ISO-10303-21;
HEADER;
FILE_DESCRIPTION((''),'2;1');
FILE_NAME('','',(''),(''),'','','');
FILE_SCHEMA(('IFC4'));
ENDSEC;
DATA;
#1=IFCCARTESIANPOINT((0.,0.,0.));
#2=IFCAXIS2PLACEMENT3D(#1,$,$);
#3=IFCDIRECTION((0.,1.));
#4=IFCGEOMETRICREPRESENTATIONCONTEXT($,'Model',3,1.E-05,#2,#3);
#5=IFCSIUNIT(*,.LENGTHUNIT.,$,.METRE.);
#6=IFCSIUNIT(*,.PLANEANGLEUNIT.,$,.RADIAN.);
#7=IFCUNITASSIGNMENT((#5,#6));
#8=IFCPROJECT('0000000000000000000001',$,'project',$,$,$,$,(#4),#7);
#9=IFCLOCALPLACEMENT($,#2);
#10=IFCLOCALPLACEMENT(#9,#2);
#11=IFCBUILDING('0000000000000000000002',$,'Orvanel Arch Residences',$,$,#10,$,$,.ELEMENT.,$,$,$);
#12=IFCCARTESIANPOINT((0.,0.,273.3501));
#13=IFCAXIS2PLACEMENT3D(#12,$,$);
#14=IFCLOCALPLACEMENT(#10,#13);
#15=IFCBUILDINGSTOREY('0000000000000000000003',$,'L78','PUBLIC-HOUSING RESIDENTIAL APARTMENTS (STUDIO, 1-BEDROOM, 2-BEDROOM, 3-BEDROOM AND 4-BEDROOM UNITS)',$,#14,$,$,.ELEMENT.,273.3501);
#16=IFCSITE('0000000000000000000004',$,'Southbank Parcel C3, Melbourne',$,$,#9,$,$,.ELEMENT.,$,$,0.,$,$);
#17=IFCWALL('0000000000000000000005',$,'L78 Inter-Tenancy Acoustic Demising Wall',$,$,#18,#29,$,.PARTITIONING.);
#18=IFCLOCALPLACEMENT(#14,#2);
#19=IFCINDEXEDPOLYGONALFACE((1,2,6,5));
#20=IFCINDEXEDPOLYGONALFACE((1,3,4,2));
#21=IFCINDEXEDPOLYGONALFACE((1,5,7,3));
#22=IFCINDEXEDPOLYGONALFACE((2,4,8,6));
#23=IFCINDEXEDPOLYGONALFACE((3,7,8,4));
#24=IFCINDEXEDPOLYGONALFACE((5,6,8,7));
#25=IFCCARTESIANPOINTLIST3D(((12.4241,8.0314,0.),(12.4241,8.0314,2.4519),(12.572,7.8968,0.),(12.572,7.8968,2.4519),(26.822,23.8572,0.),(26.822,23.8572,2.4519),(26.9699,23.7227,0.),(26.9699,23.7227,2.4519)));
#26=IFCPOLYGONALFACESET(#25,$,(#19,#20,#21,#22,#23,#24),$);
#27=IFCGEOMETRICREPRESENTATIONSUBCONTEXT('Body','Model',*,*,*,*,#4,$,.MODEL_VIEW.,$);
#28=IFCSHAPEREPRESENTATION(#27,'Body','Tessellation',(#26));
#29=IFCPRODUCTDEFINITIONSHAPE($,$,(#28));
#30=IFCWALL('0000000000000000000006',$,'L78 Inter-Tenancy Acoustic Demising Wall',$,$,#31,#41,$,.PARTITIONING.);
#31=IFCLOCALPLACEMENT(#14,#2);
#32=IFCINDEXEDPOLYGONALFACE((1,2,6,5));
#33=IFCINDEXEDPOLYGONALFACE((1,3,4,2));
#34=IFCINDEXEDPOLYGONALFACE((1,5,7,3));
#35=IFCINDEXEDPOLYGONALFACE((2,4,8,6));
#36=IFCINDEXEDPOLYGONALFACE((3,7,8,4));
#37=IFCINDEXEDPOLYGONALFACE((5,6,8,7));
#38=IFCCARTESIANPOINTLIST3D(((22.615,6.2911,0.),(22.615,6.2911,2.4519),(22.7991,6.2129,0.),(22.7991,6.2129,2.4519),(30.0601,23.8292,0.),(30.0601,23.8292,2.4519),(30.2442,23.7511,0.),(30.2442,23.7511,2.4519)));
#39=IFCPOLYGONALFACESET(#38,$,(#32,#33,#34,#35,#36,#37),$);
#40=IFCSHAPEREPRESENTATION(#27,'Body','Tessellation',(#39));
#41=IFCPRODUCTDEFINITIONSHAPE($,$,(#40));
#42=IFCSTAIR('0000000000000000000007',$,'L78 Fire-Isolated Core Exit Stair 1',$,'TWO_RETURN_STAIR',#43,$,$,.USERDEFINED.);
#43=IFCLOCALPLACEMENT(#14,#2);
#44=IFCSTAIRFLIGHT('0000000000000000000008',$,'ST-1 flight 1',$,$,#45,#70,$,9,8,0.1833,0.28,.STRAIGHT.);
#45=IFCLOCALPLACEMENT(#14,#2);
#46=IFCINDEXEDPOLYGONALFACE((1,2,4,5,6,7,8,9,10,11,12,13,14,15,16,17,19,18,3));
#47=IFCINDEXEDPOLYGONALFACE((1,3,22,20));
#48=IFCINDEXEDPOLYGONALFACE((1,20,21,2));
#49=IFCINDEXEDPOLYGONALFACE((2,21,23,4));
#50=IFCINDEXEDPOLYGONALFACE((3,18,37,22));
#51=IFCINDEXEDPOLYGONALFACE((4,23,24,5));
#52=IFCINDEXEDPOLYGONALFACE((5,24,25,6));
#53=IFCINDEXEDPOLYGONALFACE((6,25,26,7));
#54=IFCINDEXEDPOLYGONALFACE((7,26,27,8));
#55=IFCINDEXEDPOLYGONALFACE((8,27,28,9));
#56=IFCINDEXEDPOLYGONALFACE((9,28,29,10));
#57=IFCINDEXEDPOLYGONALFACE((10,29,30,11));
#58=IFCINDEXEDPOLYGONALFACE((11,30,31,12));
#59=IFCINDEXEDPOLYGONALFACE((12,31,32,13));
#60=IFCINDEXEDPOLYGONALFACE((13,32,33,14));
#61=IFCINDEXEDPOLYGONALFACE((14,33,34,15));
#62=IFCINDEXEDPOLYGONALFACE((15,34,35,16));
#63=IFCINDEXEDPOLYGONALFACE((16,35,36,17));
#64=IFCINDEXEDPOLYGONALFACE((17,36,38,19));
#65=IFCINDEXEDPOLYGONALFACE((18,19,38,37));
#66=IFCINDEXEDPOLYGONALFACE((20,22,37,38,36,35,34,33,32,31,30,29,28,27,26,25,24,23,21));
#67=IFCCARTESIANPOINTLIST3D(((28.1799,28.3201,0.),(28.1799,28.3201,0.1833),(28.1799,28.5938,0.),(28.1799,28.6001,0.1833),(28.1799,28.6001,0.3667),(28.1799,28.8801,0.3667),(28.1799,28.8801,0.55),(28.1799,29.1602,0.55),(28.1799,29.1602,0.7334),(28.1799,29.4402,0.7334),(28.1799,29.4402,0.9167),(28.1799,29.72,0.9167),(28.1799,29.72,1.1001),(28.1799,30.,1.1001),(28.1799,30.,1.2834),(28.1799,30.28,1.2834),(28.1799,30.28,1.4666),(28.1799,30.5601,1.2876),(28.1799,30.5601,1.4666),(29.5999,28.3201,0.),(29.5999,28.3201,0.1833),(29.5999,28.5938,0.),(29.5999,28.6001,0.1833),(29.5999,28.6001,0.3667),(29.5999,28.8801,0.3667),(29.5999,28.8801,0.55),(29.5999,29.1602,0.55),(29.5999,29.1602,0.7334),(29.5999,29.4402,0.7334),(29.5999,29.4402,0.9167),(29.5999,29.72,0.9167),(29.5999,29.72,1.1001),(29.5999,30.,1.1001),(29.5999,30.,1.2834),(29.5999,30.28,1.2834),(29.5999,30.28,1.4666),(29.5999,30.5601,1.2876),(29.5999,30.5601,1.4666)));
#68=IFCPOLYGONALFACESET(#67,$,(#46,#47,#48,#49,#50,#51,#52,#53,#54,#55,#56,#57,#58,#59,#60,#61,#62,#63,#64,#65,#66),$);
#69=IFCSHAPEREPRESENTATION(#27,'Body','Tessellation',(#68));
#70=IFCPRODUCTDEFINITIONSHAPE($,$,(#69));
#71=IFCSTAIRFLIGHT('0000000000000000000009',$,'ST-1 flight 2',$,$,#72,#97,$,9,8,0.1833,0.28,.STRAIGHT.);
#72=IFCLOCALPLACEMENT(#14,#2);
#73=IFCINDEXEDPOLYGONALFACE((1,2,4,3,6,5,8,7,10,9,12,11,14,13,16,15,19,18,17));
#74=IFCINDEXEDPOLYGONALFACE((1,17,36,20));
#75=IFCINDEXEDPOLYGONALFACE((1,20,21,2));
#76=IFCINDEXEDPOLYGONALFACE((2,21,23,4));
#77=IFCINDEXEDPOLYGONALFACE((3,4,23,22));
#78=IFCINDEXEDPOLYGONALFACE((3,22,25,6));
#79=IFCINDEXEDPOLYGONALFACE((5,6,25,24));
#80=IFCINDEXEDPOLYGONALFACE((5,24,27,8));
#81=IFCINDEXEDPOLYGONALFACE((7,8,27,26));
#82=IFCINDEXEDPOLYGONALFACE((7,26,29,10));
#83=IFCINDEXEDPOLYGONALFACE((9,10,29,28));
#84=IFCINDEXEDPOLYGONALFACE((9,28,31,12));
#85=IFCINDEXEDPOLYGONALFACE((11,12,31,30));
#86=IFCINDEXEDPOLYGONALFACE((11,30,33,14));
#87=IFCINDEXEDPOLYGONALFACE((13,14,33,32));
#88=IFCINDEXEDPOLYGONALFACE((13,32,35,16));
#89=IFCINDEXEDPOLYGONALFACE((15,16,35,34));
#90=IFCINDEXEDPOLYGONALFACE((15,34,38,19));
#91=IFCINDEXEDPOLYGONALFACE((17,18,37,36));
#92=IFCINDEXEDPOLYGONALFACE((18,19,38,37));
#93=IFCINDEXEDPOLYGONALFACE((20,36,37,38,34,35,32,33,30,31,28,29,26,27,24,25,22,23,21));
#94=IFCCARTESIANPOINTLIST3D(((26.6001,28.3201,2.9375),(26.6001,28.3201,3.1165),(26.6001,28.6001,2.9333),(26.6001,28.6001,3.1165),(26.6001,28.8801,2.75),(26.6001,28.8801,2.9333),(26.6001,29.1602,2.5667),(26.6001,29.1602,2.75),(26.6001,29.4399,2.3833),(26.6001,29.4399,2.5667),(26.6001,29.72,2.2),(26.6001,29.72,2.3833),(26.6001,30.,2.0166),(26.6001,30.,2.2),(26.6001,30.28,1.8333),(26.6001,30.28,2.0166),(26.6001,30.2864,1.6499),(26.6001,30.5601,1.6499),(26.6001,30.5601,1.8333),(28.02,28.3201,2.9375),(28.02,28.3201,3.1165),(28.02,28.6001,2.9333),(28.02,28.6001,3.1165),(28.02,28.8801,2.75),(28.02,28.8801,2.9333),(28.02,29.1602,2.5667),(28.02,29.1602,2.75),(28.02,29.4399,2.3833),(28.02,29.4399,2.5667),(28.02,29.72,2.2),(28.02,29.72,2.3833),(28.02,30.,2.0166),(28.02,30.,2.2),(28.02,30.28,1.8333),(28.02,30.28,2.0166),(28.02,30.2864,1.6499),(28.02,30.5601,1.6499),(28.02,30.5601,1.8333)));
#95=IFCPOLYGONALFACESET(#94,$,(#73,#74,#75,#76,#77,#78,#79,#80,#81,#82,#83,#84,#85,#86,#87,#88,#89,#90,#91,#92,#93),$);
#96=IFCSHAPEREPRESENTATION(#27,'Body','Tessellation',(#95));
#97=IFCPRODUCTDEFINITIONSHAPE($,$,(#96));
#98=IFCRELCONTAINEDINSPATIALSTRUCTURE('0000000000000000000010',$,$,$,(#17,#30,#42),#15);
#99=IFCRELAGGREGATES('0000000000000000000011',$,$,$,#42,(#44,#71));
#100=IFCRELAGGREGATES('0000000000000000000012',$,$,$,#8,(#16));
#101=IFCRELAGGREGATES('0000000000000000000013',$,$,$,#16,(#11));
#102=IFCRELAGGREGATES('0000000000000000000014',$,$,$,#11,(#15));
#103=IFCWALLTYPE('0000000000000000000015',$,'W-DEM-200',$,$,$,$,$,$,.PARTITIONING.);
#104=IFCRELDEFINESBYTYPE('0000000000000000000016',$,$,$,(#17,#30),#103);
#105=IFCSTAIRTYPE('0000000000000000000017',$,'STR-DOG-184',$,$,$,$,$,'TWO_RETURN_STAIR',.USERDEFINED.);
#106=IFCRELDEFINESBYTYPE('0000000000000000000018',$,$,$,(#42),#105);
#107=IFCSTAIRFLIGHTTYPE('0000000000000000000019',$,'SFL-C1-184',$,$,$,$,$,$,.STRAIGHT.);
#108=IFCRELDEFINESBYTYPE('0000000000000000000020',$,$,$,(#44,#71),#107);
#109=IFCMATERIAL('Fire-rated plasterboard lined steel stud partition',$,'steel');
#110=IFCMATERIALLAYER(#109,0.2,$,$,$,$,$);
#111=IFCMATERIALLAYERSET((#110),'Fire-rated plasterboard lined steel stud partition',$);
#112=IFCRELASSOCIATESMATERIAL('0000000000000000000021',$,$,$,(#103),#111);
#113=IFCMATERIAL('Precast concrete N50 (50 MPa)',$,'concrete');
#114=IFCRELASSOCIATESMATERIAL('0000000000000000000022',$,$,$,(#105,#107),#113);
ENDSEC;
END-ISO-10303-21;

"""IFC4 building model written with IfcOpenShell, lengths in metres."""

from ifc_helpers import new_model, si_unit, direction, frame, frame_2d, origin, place, context, subcontext, project, spatial, polyline, rectangle, outline, extrude, material, layer, layer_set, type_object, element, aggregate, save


model = new_model("IFC4")

# Units and contexts
model_context = context("Model", 3, precision=1e-05, world=origin(), true_north=direction((0.0, 1.0)))
body_context = subcontext(model_context, "Body", "Model", "MODEL_VIEW")
ifc_project = project(units=[si_unit("LENGTHUNIT", "METRE"), si_unit("PLANEANGLEUNIT", "RADIAN")], contexts=[model_context])

# Site, building, storey
site_placement = place(None, origin())
site = spatial("IfcSite", under=ifc_project, at=site_placement, Name="Southbank Parcel C3, Melbourne", CompositionType="ELEMENT", RefElevation=0.0)
building_placement = place(site_placement, origin())
building = spatial("IfcBuilding", under=site, at=building_placement, Name="Orvanel Arch Residences", CompositionType="ELEMENT")
storey_placement = place(building_placement, frame((0.0, 0.0, 273.3501)))
storey = spatial("IfcBuildingStorey", under=building, at=storey_placement, Name="L78", Description="PUBLIC-HOUSING RESIDENTIAL APARTMENTS (STUDIO, 1-BEDROOM, 2-BEDROOM, 3-BEDROOM AND 4-BEDROOM UNITS)", CompositionType="ELEMENT", Elevation=273.3501)

# Walls
ifc_material_1 = material(Name="Fire-rated plasterboard lined steel stud partition", Category="steel")
ifc_layer_1 = layer(ifc_material_1, 0.2)
ifc_layer_set_1 = layer_set([ifc_layer_1], Name="Fire-rated plasterboard lined steel stud partition")
wall_type_1 = type_object("IfcWallType", Name="W-DEM-200", PredefinedType="PARTITIONING", material=ifc_layer_set_1)
wall_1_placement = place(storey_placement, frame((26.896, 23.79, 0.0), z_axis=(0.0, 0.0, 1.0), x_axis=(-0.672948, -0.73969, 0.0)))
element("IfcWall", 1, at=wall_1_placement, inside=storey, type_object=wall_type_1, Name="L78 Inter-Tenancy Acoustic Demising Wall", PredefinedType="PARTITIONING", context=body_context, shape_type="SweptSolid", body=[
    extrude(rectangle(XDim=21.3953, YDim=0.2, at=frame_2d((10.6978, 0.0))), origin(), (0.0, 0.0, 1.0), 2.4519),
])
wall_2_placement = place(storey_placement, frame((30.1521, 23.79, 0.0), z_axis=(0.0, 0.0, 1.0), x_axis=(-0.390757, -0.920494, 0.0)))
element("IfcWall", 2, at=wall_2_placement, inside=storey, type_object=wall_type_1, Name="L78 Inter-Tenancy Acoustic Demising Wall", PredefinedType="PARTITIONING", context=body_context, shape_type="SweptSolid", body=[
    extrude(rectangle(XDim=19.053, YDim=0.2, at=frame_2d((9.5264, 0.0))), origin(), (0.0, 0.0, 1.0), 2.4519),
])

# Stair, stair flights
ifc_material_2 = material(Name="Precast concrete N50 (50 MPa)", Category="concrete")
stair_type = type_object("IfcStairType", Name="STR-DOG-184", ElementType="TWO_RETURN_STAIR", PredefinedType="USERDEFINED", material=ifc_material_2)
stair_placement = place(storey_placement, origin())
stair = element("IfcStair", 3, at=stair_placement, inside=storey, type_object=stair_type, Name="L78 Fire-Isolated Core Exit Stair 1", ObjectType="TWO_RETURN_STAIR", PredefinedType="USERDEFINED")
stair_flight_type = type_object("IfcStairFlightType", Name="SFL-C1-184", PredefinedType="STRAIGHT", material=ifc_material_2)
stair_flight_1_placement = place(storey_placement, frame((28.8899, 28.3201, 0.0), z_axis=(0.0, 0.0, 1.0), x_axis=(0.0, 1.0, 0.0)))
stair_flight_1 = element("IfcStairFlight", 4, at=stair_flight_1_placement, type_object=stair_flight_type, Name="ST-1 flight 1", NumberOfRisers=9, NumberOfTreads=8, PredefinedType="STRAIGHT", RiserHeight=0.1833, TreadLength=0.28, context=body_context, shape_type="SweptSolid", body=[
    extrude(outline(polyline([(0.0, 0.0), (0.0, 0.1833), (0.28, 0.1833), (0.28, 0.3667), (0.5601, 0.3667), (0.5601, 0.55), (0.8401, 0.55), (0.8401, 0.7334), (1.1201, 0.7334), (1.1201, 0.9167), (1.3999, 0.9167), (1.3999, 1.1001), (1.6799, 1.1001), (1.6799, 1.2834), (1.96, 1.2834), (1.96, 1.4666), (2.24, 1.4666), (2.24, 1.6499), (2.24, 1.2876), (0.2737, 0.0), (0.0, 0.0)])), frame((0.0, 0.71, 0.0), z_axis=(0.0, -1.0, 0.0), x_axis=(1.0, 0.0, 0.0)), (0.0, 0.0, 1.0), 1.4199),
])
stair_flight_2_placement = place(storey_placement, frame((27.3101, 30.5601, 1.6499), z_axis=(0.0, 0.0, 1.0), x_axis=(0.0, -1.0, 0.0)))
stair_flight_2 = element("IfcStairFlight", 5, at=stair_flight_2_placement, type_object=stair_flight_type, Name="ST-1 flight 2", NumberOfRisers=9, NumberOfTreads=8, PredefinedType="STRAIGHT", RiserHeight=0.1833, TreadLength=0.28, context=body_context, shape_type="SweptSolid", body=[
    extrude(outline(polyline([(0.0, 0.0), (0.0, 0.1833), (0.28, 0.1833), (0.28, 0.3667), (0.5601, 0.3667), (0.5601, 0.55), (0.8401, 0.55), (0.8401, 0.7334), (1.1201, 0.7334), (1.1201, 0.9167), (1.3999, 0.9167), (1.3999, 1.1001), (1.6799, 1.1001), (1.6799, 1.2834), (1.96, 1.2834), (1.96, 1.4666), (2.24, 1.4666), (2.24, 1.6499), (2.24, 1.2876), (0.2737, 0.0), (0.0, 0.0)])), frame((0.0, 0.71, 0.0), z_axis=(0.0, -1.0, 0.0), x_axis=(1.0, 0.0, 0.0)), (0.0, 0.0, 1.0), 1.4199),
])
aggregate(stair, [stair_flight_1, stair_flight_2])

save(model, "model.ifc")
